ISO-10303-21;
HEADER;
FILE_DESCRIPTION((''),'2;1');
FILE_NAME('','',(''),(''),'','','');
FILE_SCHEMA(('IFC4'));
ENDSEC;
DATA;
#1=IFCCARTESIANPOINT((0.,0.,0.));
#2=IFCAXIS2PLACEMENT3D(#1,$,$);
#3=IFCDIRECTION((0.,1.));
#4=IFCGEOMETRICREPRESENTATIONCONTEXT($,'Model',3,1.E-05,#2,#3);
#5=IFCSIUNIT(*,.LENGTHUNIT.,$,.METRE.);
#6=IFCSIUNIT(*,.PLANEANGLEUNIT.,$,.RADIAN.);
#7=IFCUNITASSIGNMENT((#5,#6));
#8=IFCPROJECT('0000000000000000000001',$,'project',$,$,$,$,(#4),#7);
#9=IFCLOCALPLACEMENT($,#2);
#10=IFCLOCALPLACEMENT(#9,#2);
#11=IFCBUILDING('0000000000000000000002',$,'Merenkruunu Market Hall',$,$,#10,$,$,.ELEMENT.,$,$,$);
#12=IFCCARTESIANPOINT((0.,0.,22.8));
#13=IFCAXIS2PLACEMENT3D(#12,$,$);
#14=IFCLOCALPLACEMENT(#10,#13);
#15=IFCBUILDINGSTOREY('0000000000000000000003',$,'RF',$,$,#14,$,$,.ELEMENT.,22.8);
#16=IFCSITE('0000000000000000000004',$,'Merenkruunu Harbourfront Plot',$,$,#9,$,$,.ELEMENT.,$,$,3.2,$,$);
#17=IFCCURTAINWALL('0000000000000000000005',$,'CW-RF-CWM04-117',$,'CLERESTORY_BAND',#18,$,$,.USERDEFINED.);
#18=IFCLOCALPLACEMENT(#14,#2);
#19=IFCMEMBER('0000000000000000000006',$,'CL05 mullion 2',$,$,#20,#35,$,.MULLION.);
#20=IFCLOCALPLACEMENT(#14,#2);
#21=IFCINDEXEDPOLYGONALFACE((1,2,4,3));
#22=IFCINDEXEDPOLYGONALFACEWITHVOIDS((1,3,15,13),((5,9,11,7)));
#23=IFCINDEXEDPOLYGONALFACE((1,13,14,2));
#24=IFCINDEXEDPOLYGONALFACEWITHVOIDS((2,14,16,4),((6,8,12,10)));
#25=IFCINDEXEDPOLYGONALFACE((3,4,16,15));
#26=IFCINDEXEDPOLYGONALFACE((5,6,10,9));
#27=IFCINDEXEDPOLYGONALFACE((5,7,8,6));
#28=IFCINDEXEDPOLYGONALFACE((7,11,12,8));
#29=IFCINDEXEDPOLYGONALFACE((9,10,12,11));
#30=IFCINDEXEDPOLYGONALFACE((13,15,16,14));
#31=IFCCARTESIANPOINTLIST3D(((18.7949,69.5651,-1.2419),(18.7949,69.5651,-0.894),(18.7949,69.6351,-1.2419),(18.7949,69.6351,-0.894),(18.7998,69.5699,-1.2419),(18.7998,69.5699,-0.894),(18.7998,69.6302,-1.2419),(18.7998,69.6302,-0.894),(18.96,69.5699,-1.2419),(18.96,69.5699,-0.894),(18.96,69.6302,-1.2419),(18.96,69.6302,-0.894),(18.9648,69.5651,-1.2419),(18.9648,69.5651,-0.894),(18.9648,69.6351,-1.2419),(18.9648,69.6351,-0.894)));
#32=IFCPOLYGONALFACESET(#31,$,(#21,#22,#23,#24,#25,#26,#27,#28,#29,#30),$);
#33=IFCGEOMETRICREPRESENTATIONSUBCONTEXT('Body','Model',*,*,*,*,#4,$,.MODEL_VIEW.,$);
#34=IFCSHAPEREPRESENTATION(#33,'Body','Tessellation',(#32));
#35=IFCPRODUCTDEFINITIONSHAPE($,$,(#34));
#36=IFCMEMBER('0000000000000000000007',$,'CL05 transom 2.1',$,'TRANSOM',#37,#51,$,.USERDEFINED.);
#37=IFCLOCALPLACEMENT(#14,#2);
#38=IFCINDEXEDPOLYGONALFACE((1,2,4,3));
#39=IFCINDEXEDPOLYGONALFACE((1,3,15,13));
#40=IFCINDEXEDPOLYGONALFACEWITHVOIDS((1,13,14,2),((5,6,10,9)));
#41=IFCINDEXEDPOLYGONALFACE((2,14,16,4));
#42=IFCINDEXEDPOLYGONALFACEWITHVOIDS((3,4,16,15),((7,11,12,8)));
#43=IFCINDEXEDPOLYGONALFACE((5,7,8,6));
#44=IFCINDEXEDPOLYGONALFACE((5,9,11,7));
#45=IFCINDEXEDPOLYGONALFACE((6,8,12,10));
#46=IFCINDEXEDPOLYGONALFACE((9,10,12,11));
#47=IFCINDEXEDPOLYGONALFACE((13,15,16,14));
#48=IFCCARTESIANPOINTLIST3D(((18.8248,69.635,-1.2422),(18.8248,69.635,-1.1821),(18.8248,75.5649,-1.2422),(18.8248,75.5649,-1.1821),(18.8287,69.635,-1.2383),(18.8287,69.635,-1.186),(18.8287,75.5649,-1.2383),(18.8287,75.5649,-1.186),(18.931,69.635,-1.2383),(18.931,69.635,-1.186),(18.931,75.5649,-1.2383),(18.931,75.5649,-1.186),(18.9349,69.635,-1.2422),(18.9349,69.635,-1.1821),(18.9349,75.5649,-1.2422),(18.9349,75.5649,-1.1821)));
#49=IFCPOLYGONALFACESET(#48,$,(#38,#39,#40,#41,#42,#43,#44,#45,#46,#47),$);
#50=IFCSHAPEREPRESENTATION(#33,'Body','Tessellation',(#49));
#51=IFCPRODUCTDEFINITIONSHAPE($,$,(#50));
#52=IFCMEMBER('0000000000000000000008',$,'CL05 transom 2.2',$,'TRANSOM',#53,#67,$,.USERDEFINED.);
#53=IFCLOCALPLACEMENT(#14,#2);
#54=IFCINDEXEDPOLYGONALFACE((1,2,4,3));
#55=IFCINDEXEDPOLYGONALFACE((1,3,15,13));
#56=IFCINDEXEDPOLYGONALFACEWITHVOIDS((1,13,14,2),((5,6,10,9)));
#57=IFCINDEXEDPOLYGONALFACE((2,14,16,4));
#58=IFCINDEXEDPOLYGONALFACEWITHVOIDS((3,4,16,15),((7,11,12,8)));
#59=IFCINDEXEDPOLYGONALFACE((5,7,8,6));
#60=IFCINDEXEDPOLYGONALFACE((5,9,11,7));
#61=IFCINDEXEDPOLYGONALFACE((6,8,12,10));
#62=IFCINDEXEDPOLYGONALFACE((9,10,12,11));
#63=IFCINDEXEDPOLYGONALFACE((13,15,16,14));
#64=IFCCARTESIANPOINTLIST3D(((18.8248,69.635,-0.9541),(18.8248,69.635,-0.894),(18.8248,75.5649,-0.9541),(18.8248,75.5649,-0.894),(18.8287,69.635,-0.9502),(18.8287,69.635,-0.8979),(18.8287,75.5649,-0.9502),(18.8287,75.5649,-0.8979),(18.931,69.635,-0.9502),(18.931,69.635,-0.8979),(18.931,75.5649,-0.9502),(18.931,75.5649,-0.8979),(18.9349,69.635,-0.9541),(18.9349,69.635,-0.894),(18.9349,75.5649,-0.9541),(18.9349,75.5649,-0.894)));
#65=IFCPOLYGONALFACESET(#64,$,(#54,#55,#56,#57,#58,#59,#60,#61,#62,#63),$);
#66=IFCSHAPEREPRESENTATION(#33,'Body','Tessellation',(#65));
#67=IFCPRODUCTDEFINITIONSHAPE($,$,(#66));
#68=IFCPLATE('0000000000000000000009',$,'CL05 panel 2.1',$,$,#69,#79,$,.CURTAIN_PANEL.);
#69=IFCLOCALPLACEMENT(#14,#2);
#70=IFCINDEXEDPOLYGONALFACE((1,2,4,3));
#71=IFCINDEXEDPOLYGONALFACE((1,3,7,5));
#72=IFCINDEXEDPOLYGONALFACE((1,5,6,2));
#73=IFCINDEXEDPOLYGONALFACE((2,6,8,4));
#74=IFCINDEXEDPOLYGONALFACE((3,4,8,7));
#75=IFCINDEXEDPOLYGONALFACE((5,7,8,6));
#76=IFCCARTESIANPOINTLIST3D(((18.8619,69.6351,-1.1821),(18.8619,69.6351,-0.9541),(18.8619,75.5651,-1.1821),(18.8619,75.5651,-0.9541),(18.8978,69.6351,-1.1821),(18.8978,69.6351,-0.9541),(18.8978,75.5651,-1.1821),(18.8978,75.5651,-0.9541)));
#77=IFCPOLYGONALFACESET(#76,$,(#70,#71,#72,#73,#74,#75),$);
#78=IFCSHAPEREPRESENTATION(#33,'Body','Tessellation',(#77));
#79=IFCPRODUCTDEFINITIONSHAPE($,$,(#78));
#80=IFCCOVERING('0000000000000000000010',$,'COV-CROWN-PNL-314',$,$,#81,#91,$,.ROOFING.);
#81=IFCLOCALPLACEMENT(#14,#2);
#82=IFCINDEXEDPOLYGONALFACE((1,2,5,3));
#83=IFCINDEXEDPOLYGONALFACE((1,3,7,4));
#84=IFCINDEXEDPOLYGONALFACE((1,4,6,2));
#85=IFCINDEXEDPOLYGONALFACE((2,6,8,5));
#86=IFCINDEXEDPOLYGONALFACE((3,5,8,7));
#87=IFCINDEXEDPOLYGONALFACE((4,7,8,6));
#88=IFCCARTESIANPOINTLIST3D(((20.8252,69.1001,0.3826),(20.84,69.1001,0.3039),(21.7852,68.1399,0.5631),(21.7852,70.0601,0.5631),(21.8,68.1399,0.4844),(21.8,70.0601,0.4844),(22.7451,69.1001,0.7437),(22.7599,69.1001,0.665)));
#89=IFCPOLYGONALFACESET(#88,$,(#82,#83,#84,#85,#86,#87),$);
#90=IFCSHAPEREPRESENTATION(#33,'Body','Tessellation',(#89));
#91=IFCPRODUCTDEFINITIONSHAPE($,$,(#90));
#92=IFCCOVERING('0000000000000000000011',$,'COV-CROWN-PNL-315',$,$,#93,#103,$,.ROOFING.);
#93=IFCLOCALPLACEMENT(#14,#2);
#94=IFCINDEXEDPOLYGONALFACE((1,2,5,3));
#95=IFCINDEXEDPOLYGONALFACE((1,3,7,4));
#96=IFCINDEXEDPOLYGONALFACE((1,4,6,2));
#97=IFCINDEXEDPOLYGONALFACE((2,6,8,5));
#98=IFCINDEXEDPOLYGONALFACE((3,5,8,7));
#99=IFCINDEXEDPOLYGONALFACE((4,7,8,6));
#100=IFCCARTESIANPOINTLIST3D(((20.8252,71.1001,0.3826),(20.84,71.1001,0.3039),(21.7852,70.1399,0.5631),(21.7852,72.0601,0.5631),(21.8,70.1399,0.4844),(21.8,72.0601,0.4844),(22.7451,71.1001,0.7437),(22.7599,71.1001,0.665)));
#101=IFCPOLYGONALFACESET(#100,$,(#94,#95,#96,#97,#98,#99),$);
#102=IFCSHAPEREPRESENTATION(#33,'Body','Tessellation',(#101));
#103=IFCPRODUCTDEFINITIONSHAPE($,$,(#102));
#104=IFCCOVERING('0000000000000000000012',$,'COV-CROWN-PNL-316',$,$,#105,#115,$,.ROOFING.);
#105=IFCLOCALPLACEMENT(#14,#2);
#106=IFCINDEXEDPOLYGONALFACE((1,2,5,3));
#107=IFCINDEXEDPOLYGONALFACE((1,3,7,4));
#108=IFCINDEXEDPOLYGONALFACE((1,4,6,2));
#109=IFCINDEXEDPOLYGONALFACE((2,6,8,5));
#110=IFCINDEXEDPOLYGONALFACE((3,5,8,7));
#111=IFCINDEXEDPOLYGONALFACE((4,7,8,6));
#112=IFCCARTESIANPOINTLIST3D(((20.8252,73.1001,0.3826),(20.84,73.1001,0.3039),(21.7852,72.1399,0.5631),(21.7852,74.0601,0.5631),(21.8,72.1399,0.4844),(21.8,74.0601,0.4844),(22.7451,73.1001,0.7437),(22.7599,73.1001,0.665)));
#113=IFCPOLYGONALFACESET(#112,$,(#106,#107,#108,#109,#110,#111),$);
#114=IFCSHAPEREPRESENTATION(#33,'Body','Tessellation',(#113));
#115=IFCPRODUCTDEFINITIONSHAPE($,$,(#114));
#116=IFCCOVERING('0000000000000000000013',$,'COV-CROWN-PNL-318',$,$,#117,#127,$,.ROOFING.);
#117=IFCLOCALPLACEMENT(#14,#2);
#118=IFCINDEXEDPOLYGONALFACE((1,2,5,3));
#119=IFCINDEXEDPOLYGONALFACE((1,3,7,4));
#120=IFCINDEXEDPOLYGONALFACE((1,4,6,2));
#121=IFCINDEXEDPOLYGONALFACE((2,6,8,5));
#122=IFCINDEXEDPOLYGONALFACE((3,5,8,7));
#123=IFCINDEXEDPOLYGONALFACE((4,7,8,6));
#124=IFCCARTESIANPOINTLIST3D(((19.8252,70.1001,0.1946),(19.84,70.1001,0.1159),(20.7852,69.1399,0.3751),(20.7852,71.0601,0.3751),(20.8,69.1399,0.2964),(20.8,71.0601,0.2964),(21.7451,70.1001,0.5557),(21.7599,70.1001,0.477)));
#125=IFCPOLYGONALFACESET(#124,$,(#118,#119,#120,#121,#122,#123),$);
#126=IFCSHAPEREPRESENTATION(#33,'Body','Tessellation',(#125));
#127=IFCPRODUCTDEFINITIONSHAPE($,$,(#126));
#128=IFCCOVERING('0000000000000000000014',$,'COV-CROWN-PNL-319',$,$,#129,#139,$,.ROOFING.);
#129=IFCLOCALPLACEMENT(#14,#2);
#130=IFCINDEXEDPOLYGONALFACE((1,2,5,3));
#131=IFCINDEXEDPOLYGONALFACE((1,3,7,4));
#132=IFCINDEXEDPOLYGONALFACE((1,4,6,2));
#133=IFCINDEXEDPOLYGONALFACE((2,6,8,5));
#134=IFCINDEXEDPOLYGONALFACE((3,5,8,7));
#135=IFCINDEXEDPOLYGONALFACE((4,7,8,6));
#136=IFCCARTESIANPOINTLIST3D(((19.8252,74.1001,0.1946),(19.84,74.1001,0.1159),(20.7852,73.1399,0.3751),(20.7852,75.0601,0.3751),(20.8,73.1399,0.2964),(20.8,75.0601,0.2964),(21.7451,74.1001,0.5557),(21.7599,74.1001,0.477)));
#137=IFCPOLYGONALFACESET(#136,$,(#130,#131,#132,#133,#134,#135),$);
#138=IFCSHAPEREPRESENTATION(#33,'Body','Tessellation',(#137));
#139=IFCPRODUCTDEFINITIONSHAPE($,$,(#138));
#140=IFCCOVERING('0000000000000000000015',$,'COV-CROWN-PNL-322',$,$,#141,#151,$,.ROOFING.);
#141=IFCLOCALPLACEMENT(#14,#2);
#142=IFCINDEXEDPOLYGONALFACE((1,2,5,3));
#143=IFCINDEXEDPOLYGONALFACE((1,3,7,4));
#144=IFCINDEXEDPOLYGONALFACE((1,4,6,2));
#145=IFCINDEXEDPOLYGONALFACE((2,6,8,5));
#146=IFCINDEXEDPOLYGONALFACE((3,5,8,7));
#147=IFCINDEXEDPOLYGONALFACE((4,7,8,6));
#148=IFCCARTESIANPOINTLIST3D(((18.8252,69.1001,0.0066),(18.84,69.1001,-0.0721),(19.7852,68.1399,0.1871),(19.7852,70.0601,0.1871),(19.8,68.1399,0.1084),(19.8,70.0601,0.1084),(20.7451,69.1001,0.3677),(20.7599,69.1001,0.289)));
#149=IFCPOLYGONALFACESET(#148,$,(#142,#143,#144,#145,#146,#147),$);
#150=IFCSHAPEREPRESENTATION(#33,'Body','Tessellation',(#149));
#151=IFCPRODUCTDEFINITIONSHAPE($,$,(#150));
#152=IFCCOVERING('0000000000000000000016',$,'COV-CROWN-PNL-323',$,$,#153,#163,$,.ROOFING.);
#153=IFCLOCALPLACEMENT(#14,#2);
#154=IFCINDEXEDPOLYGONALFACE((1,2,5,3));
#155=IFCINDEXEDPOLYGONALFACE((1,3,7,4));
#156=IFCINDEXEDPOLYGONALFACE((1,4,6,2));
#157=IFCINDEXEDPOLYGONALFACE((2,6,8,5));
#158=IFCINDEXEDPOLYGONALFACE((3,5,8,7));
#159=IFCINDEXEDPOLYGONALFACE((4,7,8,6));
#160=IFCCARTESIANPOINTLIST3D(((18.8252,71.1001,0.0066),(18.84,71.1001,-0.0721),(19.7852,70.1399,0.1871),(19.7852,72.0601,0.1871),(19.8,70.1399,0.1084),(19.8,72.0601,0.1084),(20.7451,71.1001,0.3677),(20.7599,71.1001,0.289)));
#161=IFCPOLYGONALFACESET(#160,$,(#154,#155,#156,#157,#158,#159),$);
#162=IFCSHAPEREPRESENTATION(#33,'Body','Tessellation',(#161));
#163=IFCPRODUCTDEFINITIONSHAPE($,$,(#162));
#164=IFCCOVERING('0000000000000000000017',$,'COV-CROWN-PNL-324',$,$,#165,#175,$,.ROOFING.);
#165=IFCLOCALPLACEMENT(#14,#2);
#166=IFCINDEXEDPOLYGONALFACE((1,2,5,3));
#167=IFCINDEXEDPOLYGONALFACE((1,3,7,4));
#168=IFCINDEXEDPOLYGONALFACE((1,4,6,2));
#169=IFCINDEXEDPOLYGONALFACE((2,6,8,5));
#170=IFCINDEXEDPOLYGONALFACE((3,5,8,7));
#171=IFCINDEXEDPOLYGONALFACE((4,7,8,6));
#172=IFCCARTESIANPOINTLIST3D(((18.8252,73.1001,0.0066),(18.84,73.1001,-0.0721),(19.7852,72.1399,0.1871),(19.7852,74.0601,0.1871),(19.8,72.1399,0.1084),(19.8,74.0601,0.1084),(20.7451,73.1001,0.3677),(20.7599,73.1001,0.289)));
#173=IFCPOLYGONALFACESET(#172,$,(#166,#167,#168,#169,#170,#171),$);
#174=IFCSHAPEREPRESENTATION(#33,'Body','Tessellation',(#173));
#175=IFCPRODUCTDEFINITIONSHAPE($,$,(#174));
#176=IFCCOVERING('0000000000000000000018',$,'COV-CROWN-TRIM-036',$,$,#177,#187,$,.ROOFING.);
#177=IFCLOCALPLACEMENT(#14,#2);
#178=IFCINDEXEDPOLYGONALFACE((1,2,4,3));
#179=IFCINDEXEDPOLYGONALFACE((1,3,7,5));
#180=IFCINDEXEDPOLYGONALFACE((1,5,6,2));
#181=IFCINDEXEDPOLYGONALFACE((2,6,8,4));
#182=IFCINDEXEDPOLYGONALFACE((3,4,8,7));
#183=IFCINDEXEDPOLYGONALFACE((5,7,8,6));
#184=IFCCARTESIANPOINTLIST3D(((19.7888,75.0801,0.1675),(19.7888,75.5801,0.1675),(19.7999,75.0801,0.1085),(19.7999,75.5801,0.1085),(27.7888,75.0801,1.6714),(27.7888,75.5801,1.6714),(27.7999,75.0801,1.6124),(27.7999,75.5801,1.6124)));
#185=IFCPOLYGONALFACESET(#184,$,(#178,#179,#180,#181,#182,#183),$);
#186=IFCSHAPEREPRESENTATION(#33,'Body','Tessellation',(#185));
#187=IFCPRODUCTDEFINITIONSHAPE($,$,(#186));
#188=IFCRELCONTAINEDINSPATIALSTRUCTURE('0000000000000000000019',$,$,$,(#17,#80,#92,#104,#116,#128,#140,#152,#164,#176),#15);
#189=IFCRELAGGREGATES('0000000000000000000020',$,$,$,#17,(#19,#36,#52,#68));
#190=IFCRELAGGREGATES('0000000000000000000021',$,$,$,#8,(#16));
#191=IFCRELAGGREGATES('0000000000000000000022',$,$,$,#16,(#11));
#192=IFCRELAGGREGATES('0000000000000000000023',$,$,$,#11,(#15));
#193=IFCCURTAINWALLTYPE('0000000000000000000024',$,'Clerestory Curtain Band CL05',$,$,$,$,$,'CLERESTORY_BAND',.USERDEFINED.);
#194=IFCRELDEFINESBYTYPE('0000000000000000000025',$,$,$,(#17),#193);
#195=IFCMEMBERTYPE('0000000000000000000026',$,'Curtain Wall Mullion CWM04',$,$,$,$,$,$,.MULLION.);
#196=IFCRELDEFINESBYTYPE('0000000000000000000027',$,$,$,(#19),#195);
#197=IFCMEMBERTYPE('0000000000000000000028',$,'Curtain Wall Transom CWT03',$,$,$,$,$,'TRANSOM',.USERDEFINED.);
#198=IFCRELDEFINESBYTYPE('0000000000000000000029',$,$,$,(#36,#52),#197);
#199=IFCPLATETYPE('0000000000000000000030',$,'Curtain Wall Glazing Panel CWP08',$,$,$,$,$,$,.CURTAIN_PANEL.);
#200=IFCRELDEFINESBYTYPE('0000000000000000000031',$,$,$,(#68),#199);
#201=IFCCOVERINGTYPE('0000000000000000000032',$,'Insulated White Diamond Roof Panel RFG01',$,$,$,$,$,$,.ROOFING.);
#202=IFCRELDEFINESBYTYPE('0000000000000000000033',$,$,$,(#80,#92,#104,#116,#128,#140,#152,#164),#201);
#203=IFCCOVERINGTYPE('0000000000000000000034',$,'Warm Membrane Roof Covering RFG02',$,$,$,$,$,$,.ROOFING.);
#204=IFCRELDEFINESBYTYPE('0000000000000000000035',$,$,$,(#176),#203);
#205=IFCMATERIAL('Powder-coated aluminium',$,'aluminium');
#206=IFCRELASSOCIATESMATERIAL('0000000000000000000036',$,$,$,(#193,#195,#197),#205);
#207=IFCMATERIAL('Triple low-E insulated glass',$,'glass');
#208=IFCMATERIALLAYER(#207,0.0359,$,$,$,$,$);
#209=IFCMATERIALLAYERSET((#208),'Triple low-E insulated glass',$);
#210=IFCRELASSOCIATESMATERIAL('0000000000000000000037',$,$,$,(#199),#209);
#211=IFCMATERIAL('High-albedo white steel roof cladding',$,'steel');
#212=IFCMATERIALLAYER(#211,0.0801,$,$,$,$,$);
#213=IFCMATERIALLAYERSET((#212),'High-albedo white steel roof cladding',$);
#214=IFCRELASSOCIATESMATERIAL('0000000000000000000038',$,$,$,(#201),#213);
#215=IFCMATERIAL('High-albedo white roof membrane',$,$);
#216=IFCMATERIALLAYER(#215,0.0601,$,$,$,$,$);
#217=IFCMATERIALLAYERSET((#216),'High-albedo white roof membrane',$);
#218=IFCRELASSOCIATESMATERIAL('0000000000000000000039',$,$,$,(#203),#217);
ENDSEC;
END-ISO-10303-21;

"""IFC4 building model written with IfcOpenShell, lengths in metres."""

from ifc_helpers import new_model, si_unit, direction, frame, origin, origin_2d, place, context, subcontext, project, spatial, polyline, rectangle, hollow_rectangle, outline, extrude, material, layer, layer_set, material_profile, profile_set, type_object, element, aggregate, save


model = new_model("IFC4")

# Units and contexts
model_context = context("Model", 3, precision=1e-05, world=origin(), true_north=direction((0.0, 1.0)))
body_context = subcontext(model_context, "Body", "Model", "MODEL_VIEW")
ifc_project = project(units=[si_unit("LENGTHUNIT", "METRE"), si_unit("PLANEANGLEUNIT", "RADIAN")], contexts=[model_context])

# Site, building, storey
site_placement = place(None, origin())
site = spatial("IfcSite", under=ifc_project, at=site_placement, Name="Merenkruunu Harbourfront Plot", CompositionType="ELEMENT", RefElevation=3.2)
building_placement = place(site_placement, origin())
building = spatial("IfcBuilding", under=site, at=building_placement, Name="Merenkruunu Market Hall", CompositionType="ELEMENT")
storey_placement = place(building_placement, frame((0.0, 0.0, 22.8)))
storey = spatial("IfcBuildingStorey", under=building, at=storey_placement, Name="RF", CompositionType="ELEMENT", Elevation=22.8)

# Curtain wall, members, plate
ifc_material_1 = material(Name="Powder-coated aluminium", Category="aluminium")
curtain_wall_type = type_object("IfcCurtainWallType", Name="Clerestory Curtain Band CL05", ElementType="CLERESTORY_BAND", PredefinedType="USERDEFINED", material=ifc_material_1)
curtain_wall_placement = place(storey_placement, origin())
curtain_wall = element("IfcCurtainWall", 1, at=curtain_wall_placement, inside=storey, type_object=curtain_wall_type, Name="CW-RF-CWM04-117", ObjectType="CLERESTORY_BAND", PredefinedType="USERDEFINED")
ifc_material_profile_1 = material_profile(ifc_material_1, hollow_rectangle(XDim=0.0701, YDim=0.1699, WallThickness=0.0049, at=origin_2d()), Name="ALU 70x170x5")
ifc_profile_set_1 = profile_set([ifc_material_profile_1], Name="Powder-coated aluminium")
member_type_1 = type_object("IfcMemberType", Name="Curtain Wall Mullion CWM04", PredefinedType="MULLION", material=ifc_profile_set_1)
member_1_placement = place(storey_placement, frame((18.8799, 69.6001, -1.2419), z_axis=(0.0, 0.0, 1.0), x_axis=(0.0, 1.0, 0.0)))
member_1 = element("IfcMember", 2, at=member_1_placement, type_object=member_type_1, Name="CL05 mullion 2", PredefinedType="MULLION", context=body_context, shape_type="SweptSolid", body=[
    extrude(hollow_rectangle(XDim=0.0701, YDim=0.1699, WallThickness=0.0049, at=origin_2d()), origin(), (0.0, 0.0, 1.0), 0.3479),
])
ifc_material_profile_2 = material_profile(ifc_material_1, hollow_rectangle(XDim=0.0601, YDim=0.1101, WallThickness=0.0039, at=origin_2d()), Name="ALU 60x110x4")
ifc_profile_set_2 = profile_set([ifc_material_profile_2], Name="Powder-coated aluminium")
member_type_2 = type_object("IfcMemberType", Name="Curtain Wall Transom CWT03", ElementType="TRANSOM", PredefinedType="USERDEFINED", material=ifc_profile_set_2)
member_2_placement = place(storey_placement, frame((18.8799, 69.635, -1.2122), z_axis=(0.0, 1.0, 0.0), x_axis=(0.0, 0.0, 1.0)))
member_2 = element("IfcMember", 3, at=member_2_placement, type_object=member_type_2, Name="CL05 transom 2.1", ObjectType="TRANSOM", PredefinedType="USERDEFINED", context=body_context, shape_type="SweptSolid", body=[
    extrude(hollow_rectangle(XDim=0.0601, YDim=0.1101, WallThickness=0.0039, at=origin_2d()), origin(), (0.0, 0.0, 1.0), 5.9299),
])
member_3_placement = place(storey_placement, frame((18.8799, 69.635, -0.9241), z_axis=(0.0, 1.0, 0.0), x_axis=(0.0, 0.0, 1.0)))
member_3 = element("IfcMember", 4, at=member_3_placement, type_object=member_type_2, Name="CL05 transom 2.2", ObjectType="TRANSOM", PredefinedType="USERDEFINED", context=body_context, shape_type="SweptSolid", body=[
    extrude(hollow_rectangle(XDim=0.0601, YDim=0.1101, WallThickness=0.0039, at=origin_2d()), origin(), (0.0, 0.0, 1.0), 5.9299),
])
ifc_material_2 = material(Name="Triple low-E insulated glass", Category="glass")
ifc_layer_1 = layer(ifc_material_2, 0.0359)
ifc_layer_set_1 = layer_set([ifc_layer_1], Name="Triple low-E insulated glass")
plate_type = type_object("IfcPlateType", Name="Curtain Wall Glazing Panel CWP08", PredefinedType="CURTAIN_PANEL", material=ifc_layer_set_1)
plate_placement = place(storey_placement, frame((18.8799, 72.6001, -1.1821), z_axis=(0.0, 0.0, 1.0), x_axis=(0.0, 1.0, 0.0)))
plate = element("IfcPlate", 5, at=plate_placement, type_object=plate_type, Name="CL05 panel 2.1", PredefinedType="CURTAIN_PANEL", context=body_context, shape_type="SweptSolid", body=[
    extrude(rectangle(XDim=5.9299, YDim=0.0359, at=origin_2d()), origin(), (0.0, 0.0, 1.0), 0.228),
])
aggregate(curtain_wall, [member_1, member_2, member_3, plate])

# Coverings
ifc_material_3 = material(Name="High-albedo white steel roof cladding", Category="steel")
ifc_layer_2 = layer(ifc_material_3, 0.0801)
ifc_layer_set_2 = layer_set([ifc_layer_2], Name="High-albedo white steel roof cladding")
covering_type_1 = type_object("IfcCoveringType", Name="Insulated White Diamond Roof Panel RFG01", PredefinedType="ROOFING", material=ifc_layer_set_2)
for number, where, z_axis, x_axis, name in (
    (6, (20.8252, 69.1001, 0.3826), (-0.184832, 0.0, 0.98277), (0.700856, -0.701018, 0.131812), "COV-CROWN-PNL-314"),
    (7, (20.8252, 71.1001, 0.3826), (-0.184832, 0.0, 0.98277), (0.700856, -0.701018, 0.131812), "COV-CROWN-PNL-315"),
    (8, (20.8252, 73.1001, 0.3826), (-0.184832, 0.0, 0.98277), (0.700856, -0.701018, 0.131812), "COV-CROWN-PNL-316"),
    (9, (19.8252, 70.1001, 0.1946), (-0.184832, 0.0, 0.98277), (0.700856, -0.701018, 0.131812), "COV-CROWN-PNL-318"),
    (10, (19.8252, 74.1001, 0.1946), (-0.184832, 0.0, 0.98277), (0.700856, -0.701018, 0.131812), "COV-CROWN-PNL-319"),
    (11, (18.8252, 69.1001, 0.0066), (-0.184832, 0.0, 0.98277), (0.700856, -0.701018, 0.131812), "COV-CROWN-PNL-322"),
    (12, (18.8252, 71.1001, 0.0066), (-0.184832, 0.0, 0.98277), (0.700856, -0.701018, 0.131812), "COV-CROWN-PNL-323"),
    (13, (18.8252, 73.1001, 0.0066), (-0.184832, 0.0, 0.98277), (0.700856, -0.701018, 0.131812), "COV-CROWN-PNL-324"),
):
    element("IfcCovering", number, at=place(storey_placement, frame(where, z_axis=z_axis, x_axis=x_axis)), inside=storey, type_object=covering_type_1, Name=name, PredefinedType="ROOFING", context=body_context, shape_type="SweptSolid", body=[
        extrude(outline(polyline([(0.0, 0.0), (1.3697, 0.0), (1.3932, 1.3695), (0.0237, 1.3694), (0.0, 0.0)])), origin(), (0.0, 0.0, -1.0), 0.0801),
    ])
ifc_material_4 = material(Name="High-albedo white roof membrane")
ifc_layer_3 = layer(ifc_material_4, 0.0601)
ifc_layer_set_3 = layer_set([ifc_layer_3], Name="High-albedo white roof membrane")
covering_type_2 = type_object("IfcCoveringType", Name="Warm Membrane Roof Covering RFG02", PredefinedType="ROOFING", material=ifc_layer_set_3)
covering_placement = place(storey_placement, frame((19.7888, 75.0801, 0.1675), z_axis=(-0.184752, 0.0, 0.982785), x_axis=(0.982785, 0.0, 0.184752)))
element("IfcCovering", 14, at=covering_placement, inside=storey, type_object=covering_type_2, Name="COV-CROWN-TRIM-036", PredefinedType="ROOFING", context=body_context, shape_type="SweptSolid", body=[
    extrude(outline(polyline([(0.0, 0.0), (8.1401, 0.0), (8.1401, 0.5), (0.0, 0.5), (0.0, 0.0)])), origin(), (0.0, 0.0, -1.0), 0.0601),
])

save(model, "model.ifc")
